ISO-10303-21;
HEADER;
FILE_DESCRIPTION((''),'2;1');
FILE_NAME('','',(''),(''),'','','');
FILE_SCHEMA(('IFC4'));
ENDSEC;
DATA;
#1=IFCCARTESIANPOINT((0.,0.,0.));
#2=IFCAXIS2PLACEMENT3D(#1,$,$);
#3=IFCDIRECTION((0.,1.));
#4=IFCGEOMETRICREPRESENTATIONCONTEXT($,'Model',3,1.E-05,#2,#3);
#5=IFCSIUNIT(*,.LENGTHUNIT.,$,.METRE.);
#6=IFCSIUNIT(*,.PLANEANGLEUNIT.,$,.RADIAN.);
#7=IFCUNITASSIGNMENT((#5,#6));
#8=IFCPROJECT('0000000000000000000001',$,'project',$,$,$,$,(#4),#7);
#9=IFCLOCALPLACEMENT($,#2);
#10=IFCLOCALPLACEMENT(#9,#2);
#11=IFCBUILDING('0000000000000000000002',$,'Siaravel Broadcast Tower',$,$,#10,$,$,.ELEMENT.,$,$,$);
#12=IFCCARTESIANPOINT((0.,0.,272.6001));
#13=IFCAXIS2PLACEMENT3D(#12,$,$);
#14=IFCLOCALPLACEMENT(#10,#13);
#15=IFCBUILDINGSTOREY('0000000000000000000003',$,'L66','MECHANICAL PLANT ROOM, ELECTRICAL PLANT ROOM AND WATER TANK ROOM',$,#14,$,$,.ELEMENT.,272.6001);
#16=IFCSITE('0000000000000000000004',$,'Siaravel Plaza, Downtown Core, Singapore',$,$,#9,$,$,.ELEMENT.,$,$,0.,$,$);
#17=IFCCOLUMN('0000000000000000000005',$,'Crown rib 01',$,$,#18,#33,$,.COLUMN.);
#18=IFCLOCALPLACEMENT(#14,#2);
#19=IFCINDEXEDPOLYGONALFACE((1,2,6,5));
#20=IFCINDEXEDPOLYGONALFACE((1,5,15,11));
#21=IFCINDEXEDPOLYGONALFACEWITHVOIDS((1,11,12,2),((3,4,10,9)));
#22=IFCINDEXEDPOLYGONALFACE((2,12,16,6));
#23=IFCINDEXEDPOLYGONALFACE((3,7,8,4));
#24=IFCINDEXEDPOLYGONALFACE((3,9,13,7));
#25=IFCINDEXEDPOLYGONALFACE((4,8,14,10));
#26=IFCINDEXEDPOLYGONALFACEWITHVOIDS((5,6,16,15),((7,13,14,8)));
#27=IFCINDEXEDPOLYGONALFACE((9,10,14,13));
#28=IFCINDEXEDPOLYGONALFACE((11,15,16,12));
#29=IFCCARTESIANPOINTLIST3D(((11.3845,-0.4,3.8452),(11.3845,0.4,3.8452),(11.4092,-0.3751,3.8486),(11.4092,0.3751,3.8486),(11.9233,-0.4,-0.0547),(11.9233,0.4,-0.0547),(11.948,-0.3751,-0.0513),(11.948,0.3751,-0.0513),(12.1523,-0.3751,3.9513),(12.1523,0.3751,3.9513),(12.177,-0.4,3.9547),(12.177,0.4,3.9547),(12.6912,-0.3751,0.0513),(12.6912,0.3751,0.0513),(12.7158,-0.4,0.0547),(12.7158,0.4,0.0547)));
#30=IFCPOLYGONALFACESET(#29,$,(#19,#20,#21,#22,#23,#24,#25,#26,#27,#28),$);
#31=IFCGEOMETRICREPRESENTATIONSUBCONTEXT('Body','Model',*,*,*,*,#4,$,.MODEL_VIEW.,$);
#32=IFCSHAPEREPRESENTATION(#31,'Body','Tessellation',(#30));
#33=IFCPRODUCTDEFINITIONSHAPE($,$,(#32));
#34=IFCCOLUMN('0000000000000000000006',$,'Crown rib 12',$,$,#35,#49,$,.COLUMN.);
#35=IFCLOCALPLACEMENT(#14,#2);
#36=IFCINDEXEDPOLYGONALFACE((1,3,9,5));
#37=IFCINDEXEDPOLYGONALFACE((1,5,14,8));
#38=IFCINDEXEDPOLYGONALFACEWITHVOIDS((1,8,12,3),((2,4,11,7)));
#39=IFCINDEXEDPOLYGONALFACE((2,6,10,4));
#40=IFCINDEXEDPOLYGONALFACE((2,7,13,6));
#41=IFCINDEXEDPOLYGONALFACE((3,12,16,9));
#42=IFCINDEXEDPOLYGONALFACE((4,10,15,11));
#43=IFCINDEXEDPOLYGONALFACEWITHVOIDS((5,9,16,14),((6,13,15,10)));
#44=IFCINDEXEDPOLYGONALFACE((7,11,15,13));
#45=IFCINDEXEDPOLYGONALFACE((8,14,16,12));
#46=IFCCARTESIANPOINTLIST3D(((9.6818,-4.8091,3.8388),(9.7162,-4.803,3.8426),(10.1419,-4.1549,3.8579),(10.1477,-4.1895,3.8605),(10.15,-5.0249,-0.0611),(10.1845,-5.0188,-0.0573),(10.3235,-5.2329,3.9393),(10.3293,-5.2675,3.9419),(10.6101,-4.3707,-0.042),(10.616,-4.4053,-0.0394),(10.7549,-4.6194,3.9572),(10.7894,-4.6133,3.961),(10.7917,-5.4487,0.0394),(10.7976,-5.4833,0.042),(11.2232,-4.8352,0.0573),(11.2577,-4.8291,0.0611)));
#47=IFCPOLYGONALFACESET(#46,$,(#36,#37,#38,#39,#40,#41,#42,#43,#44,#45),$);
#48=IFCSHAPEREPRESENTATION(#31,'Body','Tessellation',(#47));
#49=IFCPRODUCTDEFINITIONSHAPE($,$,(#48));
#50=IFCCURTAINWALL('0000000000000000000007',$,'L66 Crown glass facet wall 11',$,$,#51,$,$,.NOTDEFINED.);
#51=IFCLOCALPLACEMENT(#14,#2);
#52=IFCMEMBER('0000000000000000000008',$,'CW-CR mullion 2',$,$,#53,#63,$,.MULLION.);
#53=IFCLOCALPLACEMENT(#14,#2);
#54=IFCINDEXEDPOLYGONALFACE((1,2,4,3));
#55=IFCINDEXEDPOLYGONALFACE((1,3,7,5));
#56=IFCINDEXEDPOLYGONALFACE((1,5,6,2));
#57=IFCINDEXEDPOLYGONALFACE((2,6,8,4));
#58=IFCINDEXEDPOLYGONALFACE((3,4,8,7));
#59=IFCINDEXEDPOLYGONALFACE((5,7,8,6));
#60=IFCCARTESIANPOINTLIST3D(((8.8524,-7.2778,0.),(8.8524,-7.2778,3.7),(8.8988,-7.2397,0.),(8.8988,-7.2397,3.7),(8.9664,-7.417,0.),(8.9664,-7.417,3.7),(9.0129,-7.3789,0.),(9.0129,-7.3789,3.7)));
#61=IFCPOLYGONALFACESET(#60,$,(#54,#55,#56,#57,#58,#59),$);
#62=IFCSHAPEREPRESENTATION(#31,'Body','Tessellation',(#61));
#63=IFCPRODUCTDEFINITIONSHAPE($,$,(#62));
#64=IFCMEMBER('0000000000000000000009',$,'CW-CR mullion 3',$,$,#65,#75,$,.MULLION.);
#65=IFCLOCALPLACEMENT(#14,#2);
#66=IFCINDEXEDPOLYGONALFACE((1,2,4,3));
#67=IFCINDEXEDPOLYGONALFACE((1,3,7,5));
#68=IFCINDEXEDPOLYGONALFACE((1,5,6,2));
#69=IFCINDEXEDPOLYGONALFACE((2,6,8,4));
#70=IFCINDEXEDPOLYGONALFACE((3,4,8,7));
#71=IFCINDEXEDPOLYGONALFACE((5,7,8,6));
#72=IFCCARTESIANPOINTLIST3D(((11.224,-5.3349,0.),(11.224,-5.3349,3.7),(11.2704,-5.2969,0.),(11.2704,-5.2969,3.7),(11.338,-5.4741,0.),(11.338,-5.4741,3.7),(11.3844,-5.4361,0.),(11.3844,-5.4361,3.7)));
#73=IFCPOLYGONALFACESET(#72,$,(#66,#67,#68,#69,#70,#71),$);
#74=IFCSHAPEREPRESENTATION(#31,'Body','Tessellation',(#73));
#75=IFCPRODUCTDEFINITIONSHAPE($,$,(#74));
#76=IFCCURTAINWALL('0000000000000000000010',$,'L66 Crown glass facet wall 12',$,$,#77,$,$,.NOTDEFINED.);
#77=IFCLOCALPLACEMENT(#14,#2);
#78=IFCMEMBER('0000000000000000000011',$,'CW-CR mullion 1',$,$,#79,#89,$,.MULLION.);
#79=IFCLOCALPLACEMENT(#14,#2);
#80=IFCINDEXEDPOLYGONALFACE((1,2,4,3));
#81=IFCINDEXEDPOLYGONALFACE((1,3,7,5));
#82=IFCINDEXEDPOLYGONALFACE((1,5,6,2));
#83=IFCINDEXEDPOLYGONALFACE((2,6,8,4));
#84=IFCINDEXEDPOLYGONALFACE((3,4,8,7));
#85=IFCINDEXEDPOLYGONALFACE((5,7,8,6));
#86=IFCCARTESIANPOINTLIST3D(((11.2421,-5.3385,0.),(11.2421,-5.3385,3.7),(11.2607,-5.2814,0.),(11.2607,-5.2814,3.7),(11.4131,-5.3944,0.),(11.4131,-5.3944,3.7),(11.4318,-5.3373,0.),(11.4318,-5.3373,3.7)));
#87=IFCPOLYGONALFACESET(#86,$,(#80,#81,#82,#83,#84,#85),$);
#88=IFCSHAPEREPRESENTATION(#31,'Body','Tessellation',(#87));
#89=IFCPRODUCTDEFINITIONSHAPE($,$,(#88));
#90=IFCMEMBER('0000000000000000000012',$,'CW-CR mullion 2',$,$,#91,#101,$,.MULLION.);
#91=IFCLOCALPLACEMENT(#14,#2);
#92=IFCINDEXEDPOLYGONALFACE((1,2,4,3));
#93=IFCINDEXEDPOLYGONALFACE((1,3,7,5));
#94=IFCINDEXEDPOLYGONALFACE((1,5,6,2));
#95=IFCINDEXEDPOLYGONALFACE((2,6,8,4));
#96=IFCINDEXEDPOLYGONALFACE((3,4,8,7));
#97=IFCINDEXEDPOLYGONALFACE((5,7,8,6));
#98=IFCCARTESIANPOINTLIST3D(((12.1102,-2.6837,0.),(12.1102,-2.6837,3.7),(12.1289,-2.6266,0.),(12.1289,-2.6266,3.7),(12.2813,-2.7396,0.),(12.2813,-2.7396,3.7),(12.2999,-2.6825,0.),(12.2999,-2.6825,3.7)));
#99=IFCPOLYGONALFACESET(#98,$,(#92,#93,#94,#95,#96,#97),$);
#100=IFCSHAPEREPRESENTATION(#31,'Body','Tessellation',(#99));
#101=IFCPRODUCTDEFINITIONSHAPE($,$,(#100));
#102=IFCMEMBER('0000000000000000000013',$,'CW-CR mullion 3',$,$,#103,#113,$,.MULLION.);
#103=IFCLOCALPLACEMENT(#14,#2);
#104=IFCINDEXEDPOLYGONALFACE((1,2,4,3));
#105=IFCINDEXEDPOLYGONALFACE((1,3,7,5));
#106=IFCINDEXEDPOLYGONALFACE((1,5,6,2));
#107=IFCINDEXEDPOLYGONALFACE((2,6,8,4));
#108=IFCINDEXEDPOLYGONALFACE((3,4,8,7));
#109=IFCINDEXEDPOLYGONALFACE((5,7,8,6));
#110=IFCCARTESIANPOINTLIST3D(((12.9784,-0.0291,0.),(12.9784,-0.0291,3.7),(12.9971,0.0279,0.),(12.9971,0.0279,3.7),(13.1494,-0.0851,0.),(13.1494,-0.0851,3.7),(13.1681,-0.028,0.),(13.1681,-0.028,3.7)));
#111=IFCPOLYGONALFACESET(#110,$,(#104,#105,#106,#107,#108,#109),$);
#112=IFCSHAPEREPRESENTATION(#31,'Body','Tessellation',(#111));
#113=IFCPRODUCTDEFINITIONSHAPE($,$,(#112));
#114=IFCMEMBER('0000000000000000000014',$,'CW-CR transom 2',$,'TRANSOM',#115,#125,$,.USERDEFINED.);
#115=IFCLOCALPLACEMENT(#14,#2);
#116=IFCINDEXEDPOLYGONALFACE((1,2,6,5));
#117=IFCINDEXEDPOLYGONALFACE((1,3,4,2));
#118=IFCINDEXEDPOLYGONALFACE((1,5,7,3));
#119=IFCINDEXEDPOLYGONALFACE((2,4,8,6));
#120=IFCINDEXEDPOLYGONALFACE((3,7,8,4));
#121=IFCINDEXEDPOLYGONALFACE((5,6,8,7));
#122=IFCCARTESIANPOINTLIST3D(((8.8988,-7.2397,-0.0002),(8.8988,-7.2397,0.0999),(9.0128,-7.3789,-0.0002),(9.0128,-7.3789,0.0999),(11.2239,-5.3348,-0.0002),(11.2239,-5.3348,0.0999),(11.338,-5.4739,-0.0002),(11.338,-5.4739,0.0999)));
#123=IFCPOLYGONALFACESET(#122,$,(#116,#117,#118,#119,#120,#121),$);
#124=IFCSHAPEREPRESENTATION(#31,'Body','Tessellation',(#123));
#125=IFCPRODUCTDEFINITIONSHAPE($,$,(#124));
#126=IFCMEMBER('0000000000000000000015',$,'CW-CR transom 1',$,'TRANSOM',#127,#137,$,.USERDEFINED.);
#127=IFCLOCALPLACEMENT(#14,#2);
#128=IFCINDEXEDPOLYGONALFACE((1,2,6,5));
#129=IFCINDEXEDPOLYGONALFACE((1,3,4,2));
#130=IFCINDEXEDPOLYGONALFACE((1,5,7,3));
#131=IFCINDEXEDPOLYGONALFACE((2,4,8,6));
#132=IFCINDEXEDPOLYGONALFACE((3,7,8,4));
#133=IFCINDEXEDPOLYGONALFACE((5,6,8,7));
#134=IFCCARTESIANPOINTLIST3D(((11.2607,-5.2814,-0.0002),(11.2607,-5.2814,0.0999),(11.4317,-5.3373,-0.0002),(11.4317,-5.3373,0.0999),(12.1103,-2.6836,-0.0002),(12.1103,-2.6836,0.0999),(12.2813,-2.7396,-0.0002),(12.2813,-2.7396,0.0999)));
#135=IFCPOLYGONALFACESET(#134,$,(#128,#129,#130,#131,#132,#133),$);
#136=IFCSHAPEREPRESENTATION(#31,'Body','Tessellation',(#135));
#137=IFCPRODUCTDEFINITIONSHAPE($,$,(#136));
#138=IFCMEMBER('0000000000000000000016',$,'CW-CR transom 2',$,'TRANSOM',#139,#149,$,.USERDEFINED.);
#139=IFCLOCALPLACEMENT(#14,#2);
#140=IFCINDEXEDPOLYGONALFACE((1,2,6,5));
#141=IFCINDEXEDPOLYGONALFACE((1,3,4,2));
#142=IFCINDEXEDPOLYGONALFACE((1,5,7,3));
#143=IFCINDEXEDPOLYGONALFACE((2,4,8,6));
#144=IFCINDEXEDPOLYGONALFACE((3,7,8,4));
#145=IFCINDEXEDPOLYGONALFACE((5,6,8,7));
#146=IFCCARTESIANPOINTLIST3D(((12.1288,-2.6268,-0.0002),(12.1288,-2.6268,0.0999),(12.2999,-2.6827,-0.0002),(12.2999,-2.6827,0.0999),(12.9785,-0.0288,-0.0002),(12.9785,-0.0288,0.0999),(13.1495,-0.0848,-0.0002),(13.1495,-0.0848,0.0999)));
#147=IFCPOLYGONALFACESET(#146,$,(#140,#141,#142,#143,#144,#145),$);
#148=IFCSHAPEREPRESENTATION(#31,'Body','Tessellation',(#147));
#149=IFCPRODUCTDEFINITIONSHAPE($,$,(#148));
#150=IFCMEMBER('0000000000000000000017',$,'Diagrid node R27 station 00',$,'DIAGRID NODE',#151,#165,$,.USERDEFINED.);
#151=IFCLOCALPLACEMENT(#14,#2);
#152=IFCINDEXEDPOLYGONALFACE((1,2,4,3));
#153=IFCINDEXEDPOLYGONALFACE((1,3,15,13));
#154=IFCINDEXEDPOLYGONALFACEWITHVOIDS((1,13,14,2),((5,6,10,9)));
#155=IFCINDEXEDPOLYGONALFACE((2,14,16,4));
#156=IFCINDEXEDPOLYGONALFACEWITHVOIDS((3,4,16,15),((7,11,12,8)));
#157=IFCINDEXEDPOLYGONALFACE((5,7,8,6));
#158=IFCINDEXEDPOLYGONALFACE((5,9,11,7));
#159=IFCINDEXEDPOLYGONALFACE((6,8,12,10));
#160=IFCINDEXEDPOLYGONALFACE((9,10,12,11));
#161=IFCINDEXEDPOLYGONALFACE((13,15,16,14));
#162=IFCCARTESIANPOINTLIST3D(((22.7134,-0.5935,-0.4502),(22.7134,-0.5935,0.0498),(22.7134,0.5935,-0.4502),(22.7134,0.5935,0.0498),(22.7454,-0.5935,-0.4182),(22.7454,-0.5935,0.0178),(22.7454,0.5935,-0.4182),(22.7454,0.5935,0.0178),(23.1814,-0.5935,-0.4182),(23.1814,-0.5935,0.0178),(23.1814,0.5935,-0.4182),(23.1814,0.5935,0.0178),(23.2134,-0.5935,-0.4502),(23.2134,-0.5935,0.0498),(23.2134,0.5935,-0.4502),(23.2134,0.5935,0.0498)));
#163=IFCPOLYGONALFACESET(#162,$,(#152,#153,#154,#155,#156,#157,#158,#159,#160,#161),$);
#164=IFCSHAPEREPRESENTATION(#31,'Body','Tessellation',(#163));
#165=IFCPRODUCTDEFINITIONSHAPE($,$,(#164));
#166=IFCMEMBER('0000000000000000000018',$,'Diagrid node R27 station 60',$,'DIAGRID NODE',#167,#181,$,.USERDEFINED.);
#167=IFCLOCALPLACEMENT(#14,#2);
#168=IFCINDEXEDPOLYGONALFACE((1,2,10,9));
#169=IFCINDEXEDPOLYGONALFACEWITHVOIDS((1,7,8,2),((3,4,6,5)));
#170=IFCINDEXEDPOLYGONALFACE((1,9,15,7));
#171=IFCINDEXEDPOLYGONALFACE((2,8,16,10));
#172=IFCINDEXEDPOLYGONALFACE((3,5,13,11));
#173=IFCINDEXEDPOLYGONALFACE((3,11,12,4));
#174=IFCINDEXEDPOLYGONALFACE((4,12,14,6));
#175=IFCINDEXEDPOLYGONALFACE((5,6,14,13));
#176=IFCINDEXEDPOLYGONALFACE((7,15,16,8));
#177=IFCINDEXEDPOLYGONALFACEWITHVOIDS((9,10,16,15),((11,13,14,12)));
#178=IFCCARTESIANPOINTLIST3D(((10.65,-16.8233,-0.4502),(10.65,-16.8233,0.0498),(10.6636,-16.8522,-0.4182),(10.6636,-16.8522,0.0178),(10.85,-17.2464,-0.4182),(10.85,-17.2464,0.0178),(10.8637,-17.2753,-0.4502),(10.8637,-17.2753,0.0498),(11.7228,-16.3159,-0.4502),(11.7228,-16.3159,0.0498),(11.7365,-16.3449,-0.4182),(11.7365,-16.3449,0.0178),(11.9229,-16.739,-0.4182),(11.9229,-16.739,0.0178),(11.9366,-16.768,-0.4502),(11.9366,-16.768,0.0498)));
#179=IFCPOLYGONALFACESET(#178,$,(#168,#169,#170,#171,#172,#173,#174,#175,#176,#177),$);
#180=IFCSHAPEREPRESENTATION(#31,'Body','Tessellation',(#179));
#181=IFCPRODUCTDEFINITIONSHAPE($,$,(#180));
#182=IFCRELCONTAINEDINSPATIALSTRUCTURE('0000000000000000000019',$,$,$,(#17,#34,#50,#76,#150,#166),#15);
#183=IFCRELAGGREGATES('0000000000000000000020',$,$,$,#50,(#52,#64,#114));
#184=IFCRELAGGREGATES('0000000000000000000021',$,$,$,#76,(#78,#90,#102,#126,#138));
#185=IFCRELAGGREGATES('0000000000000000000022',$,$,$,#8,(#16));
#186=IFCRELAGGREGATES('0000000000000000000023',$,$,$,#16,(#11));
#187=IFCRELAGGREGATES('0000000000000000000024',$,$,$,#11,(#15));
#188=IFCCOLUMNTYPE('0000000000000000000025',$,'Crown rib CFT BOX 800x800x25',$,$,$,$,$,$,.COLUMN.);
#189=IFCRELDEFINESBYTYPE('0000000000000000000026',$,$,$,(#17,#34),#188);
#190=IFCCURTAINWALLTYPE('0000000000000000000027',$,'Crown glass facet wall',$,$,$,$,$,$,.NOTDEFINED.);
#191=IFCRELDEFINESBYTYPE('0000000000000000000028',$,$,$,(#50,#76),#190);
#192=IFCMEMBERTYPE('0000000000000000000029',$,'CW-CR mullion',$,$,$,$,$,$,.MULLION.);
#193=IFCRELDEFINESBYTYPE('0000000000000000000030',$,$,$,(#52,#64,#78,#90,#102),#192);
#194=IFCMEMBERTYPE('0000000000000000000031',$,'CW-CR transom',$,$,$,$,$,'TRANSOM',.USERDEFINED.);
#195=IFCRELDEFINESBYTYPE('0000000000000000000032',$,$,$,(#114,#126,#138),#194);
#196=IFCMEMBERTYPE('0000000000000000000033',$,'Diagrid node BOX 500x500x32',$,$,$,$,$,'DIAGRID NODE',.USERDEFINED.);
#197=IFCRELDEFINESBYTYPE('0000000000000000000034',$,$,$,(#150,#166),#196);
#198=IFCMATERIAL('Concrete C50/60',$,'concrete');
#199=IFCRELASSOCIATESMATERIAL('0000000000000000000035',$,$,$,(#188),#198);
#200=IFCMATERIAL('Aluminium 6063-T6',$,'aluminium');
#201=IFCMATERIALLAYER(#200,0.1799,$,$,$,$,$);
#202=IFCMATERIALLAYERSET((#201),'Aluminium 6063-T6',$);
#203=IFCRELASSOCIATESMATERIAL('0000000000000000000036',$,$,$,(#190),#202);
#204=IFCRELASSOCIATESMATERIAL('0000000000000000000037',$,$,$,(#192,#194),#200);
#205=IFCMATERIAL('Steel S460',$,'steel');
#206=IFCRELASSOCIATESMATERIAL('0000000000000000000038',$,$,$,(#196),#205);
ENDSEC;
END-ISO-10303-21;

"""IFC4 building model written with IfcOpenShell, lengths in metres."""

from ifc_helpers import new_model, si_unit, direction, frame, origin, origin_2d, place, context, subcontext, project, spatial, rectangle, hollow_rectangle, extrude, material, layer, layer_set, material_profile, profile_set, type_object, element, aggregate, save


model = new_model("IFC4")

# Units and contexts
model_context = context("Model", 3, precision=1e-05, world=origin(), true_north=direction((0.0, 1.0)))
body_context = subcontext(model_context, "Body", "Model", "MODEL_VIEW")
ifc_project = project(units=[si_unit("LENGTHUNIT", "METRE"), si_unit("PLANEANGLEUNIT", "RADIAN")], contexts=[model_context])

# Site, building, storey
site_placement = place(None, origin())
site = spatial("IfcSite", under=ifc_project, at=site_placement, Name="Siaravel Plaza, Downtown Core, Singapore", CompositionType="ELEMENT", RefElevation=0.0)
building_placement = place(site_placement, origin())
building = spatial("IfcBuilding", under=site, at=building_placement, Name="Siaravel Broadcast Tower", CompositionType="ELEMENT")
storey_placement = place(building_placement, frame((0.0, 0.0, 272.6001)))
storey = spatial("IfcBuildingStorey", under=building, at=storey_placement, Name="L66", Description="MECHANICAL PLANT ROOM, ELECTRICAL PLANT ROOM AND WATER TANK ROOM", CompositionType="ELEMENT", Elevation=272.6001)

# Columns
ifc_material_1 = material(Name="Concrete C50/60", Category="concrete")
ifc_material_profile_1 = material_profile(ifc_material_1, hollow_rectangle(XDim=0.8, YDim=0.8, WallThickness=0.0249, at=origin_2d()))
ifc_profile_set_1 = profile_set([ifc_material_profile_1], Name="Concrete C50/60")
column_type = type_object("IfcColumnType", Name="Crown rib CFT BOX 800x800x25", PredefinedType="COLUMN", material=ifc_profile_set_1)
column_1_placement = place(storey_placement, frame((12.3196, 0.0, 0.0), z_axis=(-0.136862, 0.0, 0.99059), x_axis=(0.0, -1.0, 0.0)))
element("IfcColumn", 1, at=column_1_placement, inside=storey, type_object=column_type, Name="Crown rib 01", PredefinedType="COLUMN", context=body_context, shape_type="SweptSolid", body=[
    extrude(hollow_rectangle(XDim=0.8, YDim=0.8, WallThickness=0.0249, at=origin_2d()), origin(), (0.0, 0.0, 1.0), 3.937),
])
column_2_placement = place(storey_placement, frame((10.7039, -4.927, 0.0), z_axis=(-0.119034, 0.054863, 0.991373), x_axis=(-0.575107, -0.817732, -0.0238)))
element("IfcColumn", 2, at=column_2_placement, inside=storey, type_object=column_type, Name="Crown rib 12", PredefinedType="COLUMN", context=body_context, shape_type="SweptSolid", body=[
    extrude(hollow_rectangle(XDim=0.8, YDim=0.8, WallThickness=0.0249, at=origin_2d()), origin(), (0.0, 0.0, 1.0), 3.9338),
])

# Curtain walls, members
ifc_material_2 = material(Name="Aluminium 6063-T6", Category="aluminium")
ifc_layer_1 = layer(ifc_material_2, 0.1799)
ifc_layer_set_1 = layer_set([ifc_layer_1], Name="Aluminium 6063-T6")
curtain_wall_type = type_object("IfcCurtainWallType", Name="Crown glass facet wall", PredefinedType="NOTDEFINED", material=ifc_layer_set_1)
curtain_wall_1_placement = place(storey_placement, origin())
curtain_wall_1 = element("IfcCurtainWall", 3, at=curtain_wall_1_placement, inside=storey, type_object=curtain_wall_type, Name="L66 Crown glass facet wall 11", PredefinedType="NOTDEFINED")
ifc_material_profile_2 = material_profile(ifc_material_2, rectangle(XDim=0.1799, YDim=0.0601, at=origin_2d()))
ifc_profile_set_2 = profile_set([ifc_material_profile_2], Name="Aluminium 6063-T6")
member_type_1 = type_object("IfcMemberType", Name="CW-CR mullion", PredefinedType="MULLION", material=ifc_profile_set_2)
member_1_placement = place(storey_placement, frame((8.9326, -7.3284, 0.0), z_axis=(0.0, 0.0, 1.0), x_axis=(-0.633712, 0.773569, 0.0)))
member_1 = element("IfcMember", 4, at=member_1_placement, type_object=member_type_1, Name="CW-CR mullion 2", PredefinedType="MULLION", context=body_context, shape_type="SweptSolid", body=[
    extrude(rectangle(XDim=0.1799, YDim=0.0601, at=origin_2d()), origin(), (0.0, 0.0, 1.0), 3.7),
])
member_2_placement = place(storey_placement, frame((11.3042, -5.3855, 0.0), z_axis=(0.0, 0.0, 1.0), x_axis=(-0.633712, 0.773569, 0.0)))
member_2 = element("IfcMember", 5, at=member_2_placement, type_object=member_type_1, Name="CW-CR mullion 3", PredefinedType="MULLION", context=body_context, shape_type="SweptSolid", body=[
    extrude(rectangle(XDim=0.1799, YDim=0.0601, at=origin_2d()), origin(), (0.0, 0.0, 1.0), 3.7),
])
curtain_wall_2_placement = place(storey_placement, origin())
curtain_wall_2 = element("IfcCurtainWall", 6, at=curtain_wall_2_placement, inside=storey, type_object=curtain_wall_type, Name="L66 Crown glass facet wall 12", PredefinedType="NOTDEFINED")
member_3_placement = place(storey_placement, frame((11.3369, -5.3379, 0.0), z_axis=(0.0, 0.0, 1.0), x_axis=(-0.950455, 0.310862, 0.0)))
member_3 = element("IfcMember", 7, at=member_3_placement, type_object=member_type_1, Name="CW-CR mullion 1", PredefinedType="MULLION", context=body_context, shape_type="SweptSolid", body=[
    extrude(rectangle(XDim=0.1799, YDim=0.0601, at=origin_2d()), origin(), (0.0, 0.0, 1.0), 3.7),
])
member_4_placement = place(storey_placement, frame((12.2051, -2.6831, 0.0), z_axis=(0.0, 0.0, 1.0), x_axis=(-0.950455, 0.310862, 0.0)))
member_4 = element("IfcMember", 8, at=member_4_placement, type_object=member_type_1, Name="CW-CR mullion 2", PredefinedType="MULLION", context=body_context, shape_type="SweptSolid", body=[
    extrude(rectangle(XDim=0.1799, YDim=0.0601, at=origin_2d()), origin(), (0.0, 0.0, 1.0), 3.7),
])
member_5_placement = place(storey_placement, frame((13.0732, -0.0286, 0.0), z_axis=(0.0, 0.0, 1.0), x_axis=(-0.950455, 0.310862, 0.0)))
member_5 = element("IfcMember", 9, at=member_5_placement, type_object=member_type_1, Name="CW-CR mullion 3", PredefinedType="MULLION", context=body_context, shape_type="SweptSolid", body=[
    extrude(rectangle(XDim=0.1799, YDim=0.0601, at=origin_2d()), origin(), (0.0, 0.0, 1.0), 3.7),
])

# Members
ifc_material_profile_3 = material_profile(ifc_material_2, rectangle(XDim=0.1799, YDim=0.1001, at=origin_2d()))
ifc_profile_set_3 = profile_set([ifc_material_profile_3], Name="Aluminium 6063-T6")
member_type_2 = type_object("IfcMemberType", Name="CW-CR transom", ElementType="TRANSOM", PredefinedType="USERDEFINED", material=ifc_profile_set_3)
member_6_placement = place(storey_placement, frame((8.9558, -7.3093, 0.0498), z_axis=(0.773534, 0.633755, 0.0), x_axis=(-0.633755, 0.773534, 0.0)))
member_6 = element("IfcMember", 10, at=member_6_placement, type_object=member_type_2, Name="CW-CR transom 2", ObjectType="TRANSOM", PredefinedType="USERDEFINED", context=body_context, shape_type="SweptSolid", body=[
    extrude(rectangle(XDim=0.1799, YDim=0.1001, at=origin_2d()), origin(), (0.0, 0.0, 1.0), 3.0059),
])
member_7_placement = place(storey_placement, frame((11.3462, -5.3093, 0.0498), z_axis=(0.310863, 0.950455, 0.0), x_axis=(-0.950455, 0.310863, 0.0)))
member_7 = element("IfcMember", 11, at=member_7_placement, type_object=member_type_2, Name="CW-CR transom 1", ObjectType="TRANSOM", PredefinedType="USERDEFINED", context=body_context, shape_type="SweptSolid", body=[
    extrude(rectangle(XDim=0.1799, YDim=0.1001, at=origin_2d()), origin(), (0.0, 0.0, 1.0), 2.7332),
])
member_8_placement = place(storey_placement, frame((12.2144, -2.6548, 0.0498), z_axis=(0.310837, 0.950463, 0.0), x_axis=(-0.950463, 0.310837, 0.0)))
member_8 = element("IfcMember", 12, at=member_8_placement, type_object=member_type_2, Name="CW-CR transom 2", ObjectType="TRANSOM", PredefinedType="USERDEFINED", context=body_context, shape_type="SweptSolid", body=[
    extrude(rectangle(XDim=0.1799, YDim=0.1001, at=origin_2d()), origin(), (0.0, 0.0, 1.0), 2.7334),
])

# Members
ifc_material_3 = material(Name="Steel S460", Category="steel")
ifc_material_profile_4 = material_profile(ifc_material_3, hollow_rectangle(XDim=0.5, YDim=0.5, WallThickness=0.032, at=origin_2d()))
ifc_profile_set_4 = profile_set([ifc_material_profile_4], Name="Steel S460")
member_type_3 = type_object("IfcMemberType", Name="Diagrid node BOX 500x500x32", ElementType="DIAGRID NODE", PredefinedType="USERDEFINED", material=ifc_profile_set_4)
member_9_placement = place(storey_placement, frame((22.9634, -0.5935, -0.2002), z_axis=(0.0, 1.0, 0.0), x_axis=(-1.0, 0.0, 0.0)))
element("IfcMember", 13, at=member_9_placement, inside=storey, type_object=member_type_3, Name="Diagrid node R27 station 00", ObjectType="DIAGRID NODE", PredefinedType="USERDEFINED", context=body_context, shape_type="SweptSolid", body=[
    extrude(hollow_rectangle(XDim=0.5, YDim=0.5, WallThickness=0.032, at=origin_2d()), origin(), (0.0, 0.0, 1.0), 1.187),
])
for number, where, z_axis, x_axis, name in (
    (14, (10.7568, -17.0493, -0.2002), (0.904006, 0.42752, 0.0), (-0.42752, 0.904006, 0.0), "Diagrid node R27 station 60"),
):
    element("IfcMember", number, at=place(storey_placement, frame(where, z_axis=z_axis, x_axis=x_axis)), inside=storey, type_object=member_type_3, Name=name, ObjectType="DIAGRID NODE", PredefinedType="USERDEFINED", context=body_context, shape_type="SweptSolid", body=[
        extrude(hollow_rectangle(XDim=0.5, YDim=0.5, WallThickness=0.032, at=origin_2d()), origin(), (0.0, 0.0, 1.0), 1.1868),
    ])

aggregate(curtain_wall_1, [member_1, member_2, member_6])
aggregate(curtain_wall_2, [member_3, member_4, member_5, member_7, member_8])

save(model, "model.ifc")
